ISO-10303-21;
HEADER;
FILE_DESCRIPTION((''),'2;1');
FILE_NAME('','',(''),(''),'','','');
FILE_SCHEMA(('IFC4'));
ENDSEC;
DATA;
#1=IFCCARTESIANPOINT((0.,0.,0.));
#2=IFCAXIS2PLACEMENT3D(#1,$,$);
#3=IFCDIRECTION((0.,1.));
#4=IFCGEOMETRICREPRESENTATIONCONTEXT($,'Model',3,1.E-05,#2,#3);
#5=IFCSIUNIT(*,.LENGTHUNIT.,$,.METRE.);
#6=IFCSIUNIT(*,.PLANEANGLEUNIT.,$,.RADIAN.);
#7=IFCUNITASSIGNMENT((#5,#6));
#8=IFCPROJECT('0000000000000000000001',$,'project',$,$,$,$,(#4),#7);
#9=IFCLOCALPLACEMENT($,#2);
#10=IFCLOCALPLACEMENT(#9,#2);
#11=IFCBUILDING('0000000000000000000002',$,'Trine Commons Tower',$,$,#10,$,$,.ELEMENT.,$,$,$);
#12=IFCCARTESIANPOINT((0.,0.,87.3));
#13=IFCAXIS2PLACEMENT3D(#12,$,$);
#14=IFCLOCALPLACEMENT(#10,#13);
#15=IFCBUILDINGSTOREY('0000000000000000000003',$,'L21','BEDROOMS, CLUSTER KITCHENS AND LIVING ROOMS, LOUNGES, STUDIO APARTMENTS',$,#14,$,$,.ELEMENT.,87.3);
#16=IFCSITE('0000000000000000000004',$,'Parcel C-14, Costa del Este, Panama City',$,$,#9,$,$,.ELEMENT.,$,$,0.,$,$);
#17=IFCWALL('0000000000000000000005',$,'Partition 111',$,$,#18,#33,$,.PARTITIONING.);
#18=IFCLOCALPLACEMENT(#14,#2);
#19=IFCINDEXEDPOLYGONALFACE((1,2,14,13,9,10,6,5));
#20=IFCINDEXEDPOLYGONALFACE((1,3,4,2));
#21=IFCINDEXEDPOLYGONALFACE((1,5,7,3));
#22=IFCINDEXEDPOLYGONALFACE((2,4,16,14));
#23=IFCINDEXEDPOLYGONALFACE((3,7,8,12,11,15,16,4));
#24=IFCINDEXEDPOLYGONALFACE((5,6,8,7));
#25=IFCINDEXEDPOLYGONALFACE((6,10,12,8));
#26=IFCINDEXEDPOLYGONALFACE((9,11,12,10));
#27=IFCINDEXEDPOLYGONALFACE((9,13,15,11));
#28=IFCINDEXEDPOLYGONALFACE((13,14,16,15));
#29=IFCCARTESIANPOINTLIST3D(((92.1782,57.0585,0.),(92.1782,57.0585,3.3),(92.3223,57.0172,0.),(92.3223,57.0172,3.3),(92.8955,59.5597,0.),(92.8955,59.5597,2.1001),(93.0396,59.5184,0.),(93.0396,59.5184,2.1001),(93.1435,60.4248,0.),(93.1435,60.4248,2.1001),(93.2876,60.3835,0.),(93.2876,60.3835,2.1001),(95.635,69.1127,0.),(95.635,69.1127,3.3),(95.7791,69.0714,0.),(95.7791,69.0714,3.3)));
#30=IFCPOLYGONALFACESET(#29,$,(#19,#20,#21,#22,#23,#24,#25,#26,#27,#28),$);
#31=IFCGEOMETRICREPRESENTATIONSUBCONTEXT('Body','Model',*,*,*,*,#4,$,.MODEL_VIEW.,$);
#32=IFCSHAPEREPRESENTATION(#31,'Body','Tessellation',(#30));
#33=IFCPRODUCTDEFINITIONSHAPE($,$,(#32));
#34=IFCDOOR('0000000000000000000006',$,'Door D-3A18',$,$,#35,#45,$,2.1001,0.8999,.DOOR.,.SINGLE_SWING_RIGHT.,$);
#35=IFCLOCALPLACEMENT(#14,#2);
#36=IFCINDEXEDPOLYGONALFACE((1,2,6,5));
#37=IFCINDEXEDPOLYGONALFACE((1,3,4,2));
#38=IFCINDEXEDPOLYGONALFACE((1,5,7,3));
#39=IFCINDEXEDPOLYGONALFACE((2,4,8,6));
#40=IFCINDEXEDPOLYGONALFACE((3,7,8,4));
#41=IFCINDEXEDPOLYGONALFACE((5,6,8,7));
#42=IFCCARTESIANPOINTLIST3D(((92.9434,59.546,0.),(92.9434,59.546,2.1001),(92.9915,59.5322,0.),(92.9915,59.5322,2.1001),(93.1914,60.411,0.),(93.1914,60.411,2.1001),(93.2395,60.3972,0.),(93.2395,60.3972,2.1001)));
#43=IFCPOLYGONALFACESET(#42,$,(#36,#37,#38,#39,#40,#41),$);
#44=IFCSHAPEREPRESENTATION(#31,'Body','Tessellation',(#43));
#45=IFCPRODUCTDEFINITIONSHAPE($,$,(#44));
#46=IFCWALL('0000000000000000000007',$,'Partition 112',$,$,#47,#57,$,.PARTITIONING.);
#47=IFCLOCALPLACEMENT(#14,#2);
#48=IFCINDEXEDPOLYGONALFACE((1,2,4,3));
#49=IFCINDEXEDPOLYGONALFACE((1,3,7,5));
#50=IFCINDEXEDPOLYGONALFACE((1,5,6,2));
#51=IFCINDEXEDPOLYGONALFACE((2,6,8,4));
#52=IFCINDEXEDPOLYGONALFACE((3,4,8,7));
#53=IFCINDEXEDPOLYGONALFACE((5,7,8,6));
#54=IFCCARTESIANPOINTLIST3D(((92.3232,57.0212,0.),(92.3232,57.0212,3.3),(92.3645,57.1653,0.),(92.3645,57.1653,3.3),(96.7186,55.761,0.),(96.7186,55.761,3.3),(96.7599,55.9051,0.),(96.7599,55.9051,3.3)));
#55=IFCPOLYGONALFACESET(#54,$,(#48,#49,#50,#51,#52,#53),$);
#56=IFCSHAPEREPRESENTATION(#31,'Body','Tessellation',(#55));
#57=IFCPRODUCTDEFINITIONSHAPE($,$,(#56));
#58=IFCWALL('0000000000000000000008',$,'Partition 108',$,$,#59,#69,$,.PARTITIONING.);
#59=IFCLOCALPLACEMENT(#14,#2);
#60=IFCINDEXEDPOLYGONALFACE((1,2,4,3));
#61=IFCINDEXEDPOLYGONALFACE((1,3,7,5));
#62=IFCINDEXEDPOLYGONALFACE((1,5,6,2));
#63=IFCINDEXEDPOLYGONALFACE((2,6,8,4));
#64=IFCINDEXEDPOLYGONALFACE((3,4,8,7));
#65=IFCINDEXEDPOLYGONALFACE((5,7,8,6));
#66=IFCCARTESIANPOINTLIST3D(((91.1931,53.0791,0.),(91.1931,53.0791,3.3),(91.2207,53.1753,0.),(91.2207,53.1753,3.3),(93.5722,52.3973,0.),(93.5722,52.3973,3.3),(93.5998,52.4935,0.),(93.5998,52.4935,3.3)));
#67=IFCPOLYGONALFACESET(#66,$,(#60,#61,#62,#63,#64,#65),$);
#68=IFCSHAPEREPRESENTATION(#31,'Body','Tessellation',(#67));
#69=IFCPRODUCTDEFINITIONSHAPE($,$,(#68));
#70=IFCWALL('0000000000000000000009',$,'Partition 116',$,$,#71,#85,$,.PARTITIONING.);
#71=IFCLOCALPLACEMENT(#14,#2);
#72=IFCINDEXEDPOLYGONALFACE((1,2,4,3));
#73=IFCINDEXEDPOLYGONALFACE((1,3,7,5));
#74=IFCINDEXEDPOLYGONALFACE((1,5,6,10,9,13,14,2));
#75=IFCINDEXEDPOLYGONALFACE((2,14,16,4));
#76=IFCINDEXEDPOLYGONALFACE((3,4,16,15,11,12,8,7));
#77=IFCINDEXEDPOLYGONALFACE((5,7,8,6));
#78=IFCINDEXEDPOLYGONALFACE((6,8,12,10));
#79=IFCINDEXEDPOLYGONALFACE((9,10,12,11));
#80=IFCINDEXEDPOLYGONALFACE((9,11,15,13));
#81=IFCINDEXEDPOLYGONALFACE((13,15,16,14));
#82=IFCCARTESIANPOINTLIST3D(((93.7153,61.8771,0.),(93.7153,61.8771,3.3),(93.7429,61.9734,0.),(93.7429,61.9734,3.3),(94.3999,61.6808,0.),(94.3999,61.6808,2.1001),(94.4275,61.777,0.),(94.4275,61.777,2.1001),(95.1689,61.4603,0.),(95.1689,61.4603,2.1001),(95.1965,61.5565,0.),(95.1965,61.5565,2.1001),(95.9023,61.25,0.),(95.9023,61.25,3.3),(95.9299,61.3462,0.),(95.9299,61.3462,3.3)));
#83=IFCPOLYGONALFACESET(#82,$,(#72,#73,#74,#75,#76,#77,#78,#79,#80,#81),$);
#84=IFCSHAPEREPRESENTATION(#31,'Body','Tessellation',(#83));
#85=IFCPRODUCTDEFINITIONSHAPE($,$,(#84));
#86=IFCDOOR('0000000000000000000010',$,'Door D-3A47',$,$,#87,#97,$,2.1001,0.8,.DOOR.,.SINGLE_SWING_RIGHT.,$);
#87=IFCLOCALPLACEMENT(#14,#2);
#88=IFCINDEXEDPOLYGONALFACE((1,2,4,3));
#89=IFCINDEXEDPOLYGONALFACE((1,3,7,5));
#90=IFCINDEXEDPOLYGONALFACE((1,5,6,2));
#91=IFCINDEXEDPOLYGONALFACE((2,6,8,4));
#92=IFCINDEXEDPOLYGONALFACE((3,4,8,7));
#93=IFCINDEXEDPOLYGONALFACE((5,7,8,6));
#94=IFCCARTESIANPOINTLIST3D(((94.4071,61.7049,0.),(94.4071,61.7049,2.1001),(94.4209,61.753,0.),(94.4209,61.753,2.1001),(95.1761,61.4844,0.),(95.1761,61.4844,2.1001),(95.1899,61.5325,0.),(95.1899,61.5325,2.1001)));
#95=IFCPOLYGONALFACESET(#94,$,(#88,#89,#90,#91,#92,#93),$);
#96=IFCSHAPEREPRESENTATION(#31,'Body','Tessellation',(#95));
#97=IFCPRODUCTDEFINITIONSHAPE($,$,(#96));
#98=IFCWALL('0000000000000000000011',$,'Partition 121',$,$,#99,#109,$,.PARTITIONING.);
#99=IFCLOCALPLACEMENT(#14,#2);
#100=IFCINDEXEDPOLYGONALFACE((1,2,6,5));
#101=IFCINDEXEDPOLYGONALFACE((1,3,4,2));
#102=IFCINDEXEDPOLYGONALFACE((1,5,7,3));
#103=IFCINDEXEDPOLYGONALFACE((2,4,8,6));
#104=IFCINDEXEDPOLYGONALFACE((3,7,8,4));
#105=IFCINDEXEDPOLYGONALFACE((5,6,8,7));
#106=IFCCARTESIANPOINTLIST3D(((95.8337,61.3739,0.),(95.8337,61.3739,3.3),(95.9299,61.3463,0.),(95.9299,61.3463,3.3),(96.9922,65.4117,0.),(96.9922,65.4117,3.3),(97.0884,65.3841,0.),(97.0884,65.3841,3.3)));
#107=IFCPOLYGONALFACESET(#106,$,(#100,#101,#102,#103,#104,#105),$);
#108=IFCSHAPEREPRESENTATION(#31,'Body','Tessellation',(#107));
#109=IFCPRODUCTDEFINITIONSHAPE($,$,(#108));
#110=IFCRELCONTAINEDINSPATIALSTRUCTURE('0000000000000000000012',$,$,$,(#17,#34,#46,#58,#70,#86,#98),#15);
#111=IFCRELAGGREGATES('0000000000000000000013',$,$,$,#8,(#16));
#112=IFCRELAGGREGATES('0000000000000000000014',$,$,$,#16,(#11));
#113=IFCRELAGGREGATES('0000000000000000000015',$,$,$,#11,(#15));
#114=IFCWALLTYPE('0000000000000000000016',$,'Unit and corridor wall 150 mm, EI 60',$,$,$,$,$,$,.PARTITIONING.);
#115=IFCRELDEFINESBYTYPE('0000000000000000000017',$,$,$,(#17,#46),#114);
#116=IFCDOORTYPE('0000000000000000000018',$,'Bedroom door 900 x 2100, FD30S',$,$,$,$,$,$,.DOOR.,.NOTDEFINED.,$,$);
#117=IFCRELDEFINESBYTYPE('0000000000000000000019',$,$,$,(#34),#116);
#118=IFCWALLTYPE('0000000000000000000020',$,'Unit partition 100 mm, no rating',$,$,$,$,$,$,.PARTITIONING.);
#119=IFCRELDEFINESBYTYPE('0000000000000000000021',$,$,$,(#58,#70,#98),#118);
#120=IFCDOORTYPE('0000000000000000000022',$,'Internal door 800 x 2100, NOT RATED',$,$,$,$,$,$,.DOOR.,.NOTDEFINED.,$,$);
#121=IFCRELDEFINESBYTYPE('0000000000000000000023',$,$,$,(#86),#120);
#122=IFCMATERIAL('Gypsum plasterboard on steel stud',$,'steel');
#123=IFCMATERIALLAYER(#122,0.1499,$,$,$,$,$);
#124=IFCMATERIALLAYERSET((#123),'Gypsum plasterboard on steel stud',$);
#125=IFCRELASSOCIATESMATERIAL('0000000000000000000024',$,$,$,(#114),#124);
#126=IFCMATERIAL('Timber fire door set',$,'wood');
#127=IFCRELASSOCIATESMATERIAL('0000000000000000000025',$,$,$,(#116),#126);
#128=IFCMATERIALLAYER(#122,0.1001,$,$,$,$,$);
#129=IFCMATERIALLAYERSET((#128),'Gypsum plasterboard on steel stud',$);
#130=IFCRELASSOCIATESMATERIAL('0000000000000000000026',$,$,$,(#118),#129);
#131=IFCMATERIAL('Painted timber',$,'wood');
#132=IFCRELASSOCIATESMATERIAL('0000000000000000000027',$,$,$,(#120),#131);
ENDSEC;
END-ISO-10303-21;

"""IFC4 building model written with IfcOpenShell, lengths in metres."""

from ifc_helpers import new_model, si_unit, direction, frame, frame_2d, origin, place, context, subcontext, project, spatial, rectangle, extrude, material, layer, layer_set, type_object, element, fill, save


model = new_model("IFC4")

# Units and contexts
model_context = context("Model", 3, precision=1e-05, world=origin(), true_north=direction((0.0, 1.0)))
body_context = subcontext(model_context, "Body", "Model", "MODEL_VIEW")
ifc_project = project(units=[si_unit("LENGTHUNIT", "METRE"), si_unit("PLANEANGLEUNIT", "RADIAN")], contexts=[model_context])

# Site, building, storey
site_placement = place(None, origin())
site = spatial("IfcSite", under=ifc_project, at=site_placement, Name="Parcel C-14, Costa del Este, Panama City", CompositionType="ELEMENT", RefElevation=0.0)
building_placement = place(site_placement, origin())
building = spatial("IfcBuilding", under=site, at=building_placement, Name="Trine Commons Tower", CompositionType="ELEMENT")
storey_placement = place(building_placement, frame((0.0, 0.0, 87.3)))
storey = spatial("IfcBuildingStorey", under=building, at=storey_placement, Name="L21", Description="BEDROOMS, CLUSTER KITCHENS AND LIVING ROOMS, LOUNGES, STUDIO APARTMENTS", CompositionType="ELEMENT", Elevation=87.3)

# Shared definitions
ifc_material_1 = material(Name="Gypsum plasterboard on steel stud", Category="steel")
ifc_layer_1 = layer(ifc_material_1, 0.1499)
ifc_layer_set_1 = layer_set([ifc_layer_1], Name="Gypsum plasterboard on steel stud")
wall_type_1 = type_object("IfcWallType", Name="Unit and corridor wall 150 mm, EI 60", PredefinedType="PARTITIONING", material=ifc_layer_set_1)

# Wall, opening, door
ifc_material_2 = material(Name="Timber fire door set", Category="wood")
wall_1_placement = place(storey_placement, frame((92.2502, 57.0378, 0.0), z_axis=(0.0, 0.0, 1.0), x_axis=(0.27566, 0.961255, 0.0)))
wall_1 = element("IfcWall", 1, at=wall_1_placement, inside=storey, type_object=wall_type_1, Name="Partition 111", PredefinedType="PARTITIONING", context=body_context, shape_type="SweptSolid", body=[
    extrude(rectangle(XDim=12.54, YDim=0.1499, at=frame_2d((6.27, 0.0))), origin(), (0.0, 0.0, 1.0), 3.3),
])
opening_1_placement = place(wall_1_placement, frame((2.6021, 0.0, 0.0)))
opening_1 = element("IfcOpeningElement", 2, at=opening_1_placement, cuts=wall_1, PredefinedType="OPENING", context=body_context, shape_type="SweptSolid", body=[
    extrude(rectangle(XDim=0.8999, YDim=2.1001, at=frame_2d((0.45, 1.05))), frame((0.0, 0.085, 0.0), z_axis=(0.0, -1.0, 0.0), x_axis=(1.0, 0.0, 0.0)), (0.0, 0.0, 1.0), 0.1699),
])
door_type_1 = type_object("IfcDoorType", Name="Bedroom door 900 x 2100, FD30S", OperationType="NOTDEFINED", PredefinedType="DOOR", material=ifc_material_2)
door_1_placement = place(opening_1_placement, frame((0.8999, 0.0, 0.0), z_axis=(0.0, 0.0, 1.0), x_axis=(-1.0, 0.0, 0.0)))
door_1 = element("IfcDoor", 3, at=door_1_placement, inside=storey, type_object=door_type_1, Name="Door D-3A18", OperationType="SINGLE_SWING_RIGHT", OverallHeight=2.1001, OverallWidth=0.8999, PredefinedType="DOOR", context=body_context, shape_type="SweptSolid", body=[
    extrude(rectangle(XDim=0.8999, YDim=2.1001, at=frame_2d((0.45, 1.05))), frame((0.0, 0.0249, 0.0), z_axis=(0.0, -1.0, 0.0), x_axis=(1.0, 0.0, 0.0)), (0.0, 0.0, 1.0), 0.05),
])
fill(opening_1, door_1)

# Walls
wall_2_placement = place(storey_placement, frame((92.344, 57.0933, 0.0), z_axis=(0.0, 0.0, 1.0), x_axis=(0.96127, -0.27561, 0.0)))
element("IfcWall", 4, at=wall_2_placement, inside=storey, type_object=wall_type_1, Name="Partition 112", PredefinedType="PARTITIONING", context=body_context, shape_type="SweptSolid", body=[
    extrude(rectangle(XDim=4.5725, YDim=0.1499, at=frame_2d((2.2861, 0.0))), origin(), (0.0, 0.0, 1.0), 3.3),
])
ifc_layer_2 = layer(ifc_material_1, 0.1001)
ifc_layer_set_2 = layer_set([ifc_layer_2], Name="Gypsum plasterboard on steel stud")
wall_type_2 = type_object("IfcWallType", Name="Unit partition 100 mm, no rating", PredefinedType="PARTITIONING", material=ifc_layer_set_2)
wall_3_placement = place(storey_placement, frame((91.207, 53.1272, 0.0), z_axis=(0.0, 0.0, 1.0), x_axis=(0.961297, -0.275516, 0.0)))
element("IfcWall", 5, at=wall_3_placement, inside=storey, type_object=wall_type_2, Name="Partition 108", PredefinedType="PARTITIONING", context=body_context, shape_type="SweptSolid", body=[
    extrude(rectangle(XDim=2.4749, YDim=0.1001, at=frame_2d((1.2373, 0.0))), origin(), (0.0, 0.0, 1.0), 3.3),
])

# Wall, opening, door
wall_4_placement = place(storey_placement, frame((93.729, 61.9253, 0.0), z_axis=(0.0, 0.0, 1.0), x_axis=(0.961252, -0.275671, 0.0)))
wall_4 = element("IfcWall", 6, at=wall_4_placement, inside=storey, type_object=wall_type_2, Name="Partition 116", PredefinedType="PARTITIONING", context=body_context, shape_type="SweptSolid", body=[
    extrude(rectangle(XDim=2.2751, YDim=0.1001, at=frame_2d((1.1377, 0.0))), origin(), (0.0, 0.0, 1.0), 3.3),
])
opening_2_placement = place(wall_4_placement, frame((0.7124, 0.0, 0.0)))
opening_2 = element("IfcOpeningElement", 7, at=opening_2_placement, cuts=wall_4, PredefinedType="OPENING", context=body_context, shape_type="SweptSolid", body=[
    extrude(rectangle(XDim=0.8, YDim=2.1001, at=frame_2d((0.3999, 1.05))), frame((0.0, 0.0601, 0.0), z_axis=(0.0, -1.0, 0.0), x_axis=(1.0, 0.0, 0.0)), (0.0, 0.0, 1.0), 0.1201),
])
ifc_material_3 = material(Name="Painted timber", Category="wood")
door_type_2 = type_object("IfcDoorType", Name="Internal door 800 x 2100, NOT RATED", OperationType="NOTDEFINED", PredefinedType="DOOR", material=ifc_material_3)
door_2_placement = place(opening_2_placement, frame((0.8, 0.0, 0.0), z_axis=(0.0, 0.0, 1.0), x_axis=(-1.0, 0.0, 0.0)))
door_2 = element("IfcDoor", 8, at=door_2_placement, inside=storey, type_object=door_type_2, Name="Door D-3A47", OperationType="SINGLE_SWING_RIGHT", OverallHeight=2.1001, OverallWidth=0.8, PredefinedType="DOOR", context=body_context, shape_type="SweptSolid", body=[
    extrude(rectangle(XDim=0.8, YDim=2.1001, at=frame_2d((0.3999, 1.05))), frame((0.0, 0.0249, 0.0), z_axis=(0.0, -1.0, 0.0), x_axis=(1.0, 0.0, 0.0)), (0.0, 0.0, 1.0), 0.05),
])
fill(opening_2, door_2)

# Wall
wall_5_placement = place(storey_placement, frame((95.8818, 61.3601, 0.0), z_axis=(0.0, 0.0, 1.0), x_axis=(0.275773, 0.961223, 0.0)))
element("IfcWall", 9, at=wall_5_placement, inside=storey, type_object=wall_type_2, Name="Partition 121", PredefinedType="PARTITIONING", context=body_context, shape_type="SweptSolid", body=[
    extrude(rectangle(XDim=4.2007, YDim=0.1001, at=frame_2d((2.1003, 0.0))), origin(), (0.0, 0.0, 1.0), 3.3),
])

save(model, "model.ifc")
